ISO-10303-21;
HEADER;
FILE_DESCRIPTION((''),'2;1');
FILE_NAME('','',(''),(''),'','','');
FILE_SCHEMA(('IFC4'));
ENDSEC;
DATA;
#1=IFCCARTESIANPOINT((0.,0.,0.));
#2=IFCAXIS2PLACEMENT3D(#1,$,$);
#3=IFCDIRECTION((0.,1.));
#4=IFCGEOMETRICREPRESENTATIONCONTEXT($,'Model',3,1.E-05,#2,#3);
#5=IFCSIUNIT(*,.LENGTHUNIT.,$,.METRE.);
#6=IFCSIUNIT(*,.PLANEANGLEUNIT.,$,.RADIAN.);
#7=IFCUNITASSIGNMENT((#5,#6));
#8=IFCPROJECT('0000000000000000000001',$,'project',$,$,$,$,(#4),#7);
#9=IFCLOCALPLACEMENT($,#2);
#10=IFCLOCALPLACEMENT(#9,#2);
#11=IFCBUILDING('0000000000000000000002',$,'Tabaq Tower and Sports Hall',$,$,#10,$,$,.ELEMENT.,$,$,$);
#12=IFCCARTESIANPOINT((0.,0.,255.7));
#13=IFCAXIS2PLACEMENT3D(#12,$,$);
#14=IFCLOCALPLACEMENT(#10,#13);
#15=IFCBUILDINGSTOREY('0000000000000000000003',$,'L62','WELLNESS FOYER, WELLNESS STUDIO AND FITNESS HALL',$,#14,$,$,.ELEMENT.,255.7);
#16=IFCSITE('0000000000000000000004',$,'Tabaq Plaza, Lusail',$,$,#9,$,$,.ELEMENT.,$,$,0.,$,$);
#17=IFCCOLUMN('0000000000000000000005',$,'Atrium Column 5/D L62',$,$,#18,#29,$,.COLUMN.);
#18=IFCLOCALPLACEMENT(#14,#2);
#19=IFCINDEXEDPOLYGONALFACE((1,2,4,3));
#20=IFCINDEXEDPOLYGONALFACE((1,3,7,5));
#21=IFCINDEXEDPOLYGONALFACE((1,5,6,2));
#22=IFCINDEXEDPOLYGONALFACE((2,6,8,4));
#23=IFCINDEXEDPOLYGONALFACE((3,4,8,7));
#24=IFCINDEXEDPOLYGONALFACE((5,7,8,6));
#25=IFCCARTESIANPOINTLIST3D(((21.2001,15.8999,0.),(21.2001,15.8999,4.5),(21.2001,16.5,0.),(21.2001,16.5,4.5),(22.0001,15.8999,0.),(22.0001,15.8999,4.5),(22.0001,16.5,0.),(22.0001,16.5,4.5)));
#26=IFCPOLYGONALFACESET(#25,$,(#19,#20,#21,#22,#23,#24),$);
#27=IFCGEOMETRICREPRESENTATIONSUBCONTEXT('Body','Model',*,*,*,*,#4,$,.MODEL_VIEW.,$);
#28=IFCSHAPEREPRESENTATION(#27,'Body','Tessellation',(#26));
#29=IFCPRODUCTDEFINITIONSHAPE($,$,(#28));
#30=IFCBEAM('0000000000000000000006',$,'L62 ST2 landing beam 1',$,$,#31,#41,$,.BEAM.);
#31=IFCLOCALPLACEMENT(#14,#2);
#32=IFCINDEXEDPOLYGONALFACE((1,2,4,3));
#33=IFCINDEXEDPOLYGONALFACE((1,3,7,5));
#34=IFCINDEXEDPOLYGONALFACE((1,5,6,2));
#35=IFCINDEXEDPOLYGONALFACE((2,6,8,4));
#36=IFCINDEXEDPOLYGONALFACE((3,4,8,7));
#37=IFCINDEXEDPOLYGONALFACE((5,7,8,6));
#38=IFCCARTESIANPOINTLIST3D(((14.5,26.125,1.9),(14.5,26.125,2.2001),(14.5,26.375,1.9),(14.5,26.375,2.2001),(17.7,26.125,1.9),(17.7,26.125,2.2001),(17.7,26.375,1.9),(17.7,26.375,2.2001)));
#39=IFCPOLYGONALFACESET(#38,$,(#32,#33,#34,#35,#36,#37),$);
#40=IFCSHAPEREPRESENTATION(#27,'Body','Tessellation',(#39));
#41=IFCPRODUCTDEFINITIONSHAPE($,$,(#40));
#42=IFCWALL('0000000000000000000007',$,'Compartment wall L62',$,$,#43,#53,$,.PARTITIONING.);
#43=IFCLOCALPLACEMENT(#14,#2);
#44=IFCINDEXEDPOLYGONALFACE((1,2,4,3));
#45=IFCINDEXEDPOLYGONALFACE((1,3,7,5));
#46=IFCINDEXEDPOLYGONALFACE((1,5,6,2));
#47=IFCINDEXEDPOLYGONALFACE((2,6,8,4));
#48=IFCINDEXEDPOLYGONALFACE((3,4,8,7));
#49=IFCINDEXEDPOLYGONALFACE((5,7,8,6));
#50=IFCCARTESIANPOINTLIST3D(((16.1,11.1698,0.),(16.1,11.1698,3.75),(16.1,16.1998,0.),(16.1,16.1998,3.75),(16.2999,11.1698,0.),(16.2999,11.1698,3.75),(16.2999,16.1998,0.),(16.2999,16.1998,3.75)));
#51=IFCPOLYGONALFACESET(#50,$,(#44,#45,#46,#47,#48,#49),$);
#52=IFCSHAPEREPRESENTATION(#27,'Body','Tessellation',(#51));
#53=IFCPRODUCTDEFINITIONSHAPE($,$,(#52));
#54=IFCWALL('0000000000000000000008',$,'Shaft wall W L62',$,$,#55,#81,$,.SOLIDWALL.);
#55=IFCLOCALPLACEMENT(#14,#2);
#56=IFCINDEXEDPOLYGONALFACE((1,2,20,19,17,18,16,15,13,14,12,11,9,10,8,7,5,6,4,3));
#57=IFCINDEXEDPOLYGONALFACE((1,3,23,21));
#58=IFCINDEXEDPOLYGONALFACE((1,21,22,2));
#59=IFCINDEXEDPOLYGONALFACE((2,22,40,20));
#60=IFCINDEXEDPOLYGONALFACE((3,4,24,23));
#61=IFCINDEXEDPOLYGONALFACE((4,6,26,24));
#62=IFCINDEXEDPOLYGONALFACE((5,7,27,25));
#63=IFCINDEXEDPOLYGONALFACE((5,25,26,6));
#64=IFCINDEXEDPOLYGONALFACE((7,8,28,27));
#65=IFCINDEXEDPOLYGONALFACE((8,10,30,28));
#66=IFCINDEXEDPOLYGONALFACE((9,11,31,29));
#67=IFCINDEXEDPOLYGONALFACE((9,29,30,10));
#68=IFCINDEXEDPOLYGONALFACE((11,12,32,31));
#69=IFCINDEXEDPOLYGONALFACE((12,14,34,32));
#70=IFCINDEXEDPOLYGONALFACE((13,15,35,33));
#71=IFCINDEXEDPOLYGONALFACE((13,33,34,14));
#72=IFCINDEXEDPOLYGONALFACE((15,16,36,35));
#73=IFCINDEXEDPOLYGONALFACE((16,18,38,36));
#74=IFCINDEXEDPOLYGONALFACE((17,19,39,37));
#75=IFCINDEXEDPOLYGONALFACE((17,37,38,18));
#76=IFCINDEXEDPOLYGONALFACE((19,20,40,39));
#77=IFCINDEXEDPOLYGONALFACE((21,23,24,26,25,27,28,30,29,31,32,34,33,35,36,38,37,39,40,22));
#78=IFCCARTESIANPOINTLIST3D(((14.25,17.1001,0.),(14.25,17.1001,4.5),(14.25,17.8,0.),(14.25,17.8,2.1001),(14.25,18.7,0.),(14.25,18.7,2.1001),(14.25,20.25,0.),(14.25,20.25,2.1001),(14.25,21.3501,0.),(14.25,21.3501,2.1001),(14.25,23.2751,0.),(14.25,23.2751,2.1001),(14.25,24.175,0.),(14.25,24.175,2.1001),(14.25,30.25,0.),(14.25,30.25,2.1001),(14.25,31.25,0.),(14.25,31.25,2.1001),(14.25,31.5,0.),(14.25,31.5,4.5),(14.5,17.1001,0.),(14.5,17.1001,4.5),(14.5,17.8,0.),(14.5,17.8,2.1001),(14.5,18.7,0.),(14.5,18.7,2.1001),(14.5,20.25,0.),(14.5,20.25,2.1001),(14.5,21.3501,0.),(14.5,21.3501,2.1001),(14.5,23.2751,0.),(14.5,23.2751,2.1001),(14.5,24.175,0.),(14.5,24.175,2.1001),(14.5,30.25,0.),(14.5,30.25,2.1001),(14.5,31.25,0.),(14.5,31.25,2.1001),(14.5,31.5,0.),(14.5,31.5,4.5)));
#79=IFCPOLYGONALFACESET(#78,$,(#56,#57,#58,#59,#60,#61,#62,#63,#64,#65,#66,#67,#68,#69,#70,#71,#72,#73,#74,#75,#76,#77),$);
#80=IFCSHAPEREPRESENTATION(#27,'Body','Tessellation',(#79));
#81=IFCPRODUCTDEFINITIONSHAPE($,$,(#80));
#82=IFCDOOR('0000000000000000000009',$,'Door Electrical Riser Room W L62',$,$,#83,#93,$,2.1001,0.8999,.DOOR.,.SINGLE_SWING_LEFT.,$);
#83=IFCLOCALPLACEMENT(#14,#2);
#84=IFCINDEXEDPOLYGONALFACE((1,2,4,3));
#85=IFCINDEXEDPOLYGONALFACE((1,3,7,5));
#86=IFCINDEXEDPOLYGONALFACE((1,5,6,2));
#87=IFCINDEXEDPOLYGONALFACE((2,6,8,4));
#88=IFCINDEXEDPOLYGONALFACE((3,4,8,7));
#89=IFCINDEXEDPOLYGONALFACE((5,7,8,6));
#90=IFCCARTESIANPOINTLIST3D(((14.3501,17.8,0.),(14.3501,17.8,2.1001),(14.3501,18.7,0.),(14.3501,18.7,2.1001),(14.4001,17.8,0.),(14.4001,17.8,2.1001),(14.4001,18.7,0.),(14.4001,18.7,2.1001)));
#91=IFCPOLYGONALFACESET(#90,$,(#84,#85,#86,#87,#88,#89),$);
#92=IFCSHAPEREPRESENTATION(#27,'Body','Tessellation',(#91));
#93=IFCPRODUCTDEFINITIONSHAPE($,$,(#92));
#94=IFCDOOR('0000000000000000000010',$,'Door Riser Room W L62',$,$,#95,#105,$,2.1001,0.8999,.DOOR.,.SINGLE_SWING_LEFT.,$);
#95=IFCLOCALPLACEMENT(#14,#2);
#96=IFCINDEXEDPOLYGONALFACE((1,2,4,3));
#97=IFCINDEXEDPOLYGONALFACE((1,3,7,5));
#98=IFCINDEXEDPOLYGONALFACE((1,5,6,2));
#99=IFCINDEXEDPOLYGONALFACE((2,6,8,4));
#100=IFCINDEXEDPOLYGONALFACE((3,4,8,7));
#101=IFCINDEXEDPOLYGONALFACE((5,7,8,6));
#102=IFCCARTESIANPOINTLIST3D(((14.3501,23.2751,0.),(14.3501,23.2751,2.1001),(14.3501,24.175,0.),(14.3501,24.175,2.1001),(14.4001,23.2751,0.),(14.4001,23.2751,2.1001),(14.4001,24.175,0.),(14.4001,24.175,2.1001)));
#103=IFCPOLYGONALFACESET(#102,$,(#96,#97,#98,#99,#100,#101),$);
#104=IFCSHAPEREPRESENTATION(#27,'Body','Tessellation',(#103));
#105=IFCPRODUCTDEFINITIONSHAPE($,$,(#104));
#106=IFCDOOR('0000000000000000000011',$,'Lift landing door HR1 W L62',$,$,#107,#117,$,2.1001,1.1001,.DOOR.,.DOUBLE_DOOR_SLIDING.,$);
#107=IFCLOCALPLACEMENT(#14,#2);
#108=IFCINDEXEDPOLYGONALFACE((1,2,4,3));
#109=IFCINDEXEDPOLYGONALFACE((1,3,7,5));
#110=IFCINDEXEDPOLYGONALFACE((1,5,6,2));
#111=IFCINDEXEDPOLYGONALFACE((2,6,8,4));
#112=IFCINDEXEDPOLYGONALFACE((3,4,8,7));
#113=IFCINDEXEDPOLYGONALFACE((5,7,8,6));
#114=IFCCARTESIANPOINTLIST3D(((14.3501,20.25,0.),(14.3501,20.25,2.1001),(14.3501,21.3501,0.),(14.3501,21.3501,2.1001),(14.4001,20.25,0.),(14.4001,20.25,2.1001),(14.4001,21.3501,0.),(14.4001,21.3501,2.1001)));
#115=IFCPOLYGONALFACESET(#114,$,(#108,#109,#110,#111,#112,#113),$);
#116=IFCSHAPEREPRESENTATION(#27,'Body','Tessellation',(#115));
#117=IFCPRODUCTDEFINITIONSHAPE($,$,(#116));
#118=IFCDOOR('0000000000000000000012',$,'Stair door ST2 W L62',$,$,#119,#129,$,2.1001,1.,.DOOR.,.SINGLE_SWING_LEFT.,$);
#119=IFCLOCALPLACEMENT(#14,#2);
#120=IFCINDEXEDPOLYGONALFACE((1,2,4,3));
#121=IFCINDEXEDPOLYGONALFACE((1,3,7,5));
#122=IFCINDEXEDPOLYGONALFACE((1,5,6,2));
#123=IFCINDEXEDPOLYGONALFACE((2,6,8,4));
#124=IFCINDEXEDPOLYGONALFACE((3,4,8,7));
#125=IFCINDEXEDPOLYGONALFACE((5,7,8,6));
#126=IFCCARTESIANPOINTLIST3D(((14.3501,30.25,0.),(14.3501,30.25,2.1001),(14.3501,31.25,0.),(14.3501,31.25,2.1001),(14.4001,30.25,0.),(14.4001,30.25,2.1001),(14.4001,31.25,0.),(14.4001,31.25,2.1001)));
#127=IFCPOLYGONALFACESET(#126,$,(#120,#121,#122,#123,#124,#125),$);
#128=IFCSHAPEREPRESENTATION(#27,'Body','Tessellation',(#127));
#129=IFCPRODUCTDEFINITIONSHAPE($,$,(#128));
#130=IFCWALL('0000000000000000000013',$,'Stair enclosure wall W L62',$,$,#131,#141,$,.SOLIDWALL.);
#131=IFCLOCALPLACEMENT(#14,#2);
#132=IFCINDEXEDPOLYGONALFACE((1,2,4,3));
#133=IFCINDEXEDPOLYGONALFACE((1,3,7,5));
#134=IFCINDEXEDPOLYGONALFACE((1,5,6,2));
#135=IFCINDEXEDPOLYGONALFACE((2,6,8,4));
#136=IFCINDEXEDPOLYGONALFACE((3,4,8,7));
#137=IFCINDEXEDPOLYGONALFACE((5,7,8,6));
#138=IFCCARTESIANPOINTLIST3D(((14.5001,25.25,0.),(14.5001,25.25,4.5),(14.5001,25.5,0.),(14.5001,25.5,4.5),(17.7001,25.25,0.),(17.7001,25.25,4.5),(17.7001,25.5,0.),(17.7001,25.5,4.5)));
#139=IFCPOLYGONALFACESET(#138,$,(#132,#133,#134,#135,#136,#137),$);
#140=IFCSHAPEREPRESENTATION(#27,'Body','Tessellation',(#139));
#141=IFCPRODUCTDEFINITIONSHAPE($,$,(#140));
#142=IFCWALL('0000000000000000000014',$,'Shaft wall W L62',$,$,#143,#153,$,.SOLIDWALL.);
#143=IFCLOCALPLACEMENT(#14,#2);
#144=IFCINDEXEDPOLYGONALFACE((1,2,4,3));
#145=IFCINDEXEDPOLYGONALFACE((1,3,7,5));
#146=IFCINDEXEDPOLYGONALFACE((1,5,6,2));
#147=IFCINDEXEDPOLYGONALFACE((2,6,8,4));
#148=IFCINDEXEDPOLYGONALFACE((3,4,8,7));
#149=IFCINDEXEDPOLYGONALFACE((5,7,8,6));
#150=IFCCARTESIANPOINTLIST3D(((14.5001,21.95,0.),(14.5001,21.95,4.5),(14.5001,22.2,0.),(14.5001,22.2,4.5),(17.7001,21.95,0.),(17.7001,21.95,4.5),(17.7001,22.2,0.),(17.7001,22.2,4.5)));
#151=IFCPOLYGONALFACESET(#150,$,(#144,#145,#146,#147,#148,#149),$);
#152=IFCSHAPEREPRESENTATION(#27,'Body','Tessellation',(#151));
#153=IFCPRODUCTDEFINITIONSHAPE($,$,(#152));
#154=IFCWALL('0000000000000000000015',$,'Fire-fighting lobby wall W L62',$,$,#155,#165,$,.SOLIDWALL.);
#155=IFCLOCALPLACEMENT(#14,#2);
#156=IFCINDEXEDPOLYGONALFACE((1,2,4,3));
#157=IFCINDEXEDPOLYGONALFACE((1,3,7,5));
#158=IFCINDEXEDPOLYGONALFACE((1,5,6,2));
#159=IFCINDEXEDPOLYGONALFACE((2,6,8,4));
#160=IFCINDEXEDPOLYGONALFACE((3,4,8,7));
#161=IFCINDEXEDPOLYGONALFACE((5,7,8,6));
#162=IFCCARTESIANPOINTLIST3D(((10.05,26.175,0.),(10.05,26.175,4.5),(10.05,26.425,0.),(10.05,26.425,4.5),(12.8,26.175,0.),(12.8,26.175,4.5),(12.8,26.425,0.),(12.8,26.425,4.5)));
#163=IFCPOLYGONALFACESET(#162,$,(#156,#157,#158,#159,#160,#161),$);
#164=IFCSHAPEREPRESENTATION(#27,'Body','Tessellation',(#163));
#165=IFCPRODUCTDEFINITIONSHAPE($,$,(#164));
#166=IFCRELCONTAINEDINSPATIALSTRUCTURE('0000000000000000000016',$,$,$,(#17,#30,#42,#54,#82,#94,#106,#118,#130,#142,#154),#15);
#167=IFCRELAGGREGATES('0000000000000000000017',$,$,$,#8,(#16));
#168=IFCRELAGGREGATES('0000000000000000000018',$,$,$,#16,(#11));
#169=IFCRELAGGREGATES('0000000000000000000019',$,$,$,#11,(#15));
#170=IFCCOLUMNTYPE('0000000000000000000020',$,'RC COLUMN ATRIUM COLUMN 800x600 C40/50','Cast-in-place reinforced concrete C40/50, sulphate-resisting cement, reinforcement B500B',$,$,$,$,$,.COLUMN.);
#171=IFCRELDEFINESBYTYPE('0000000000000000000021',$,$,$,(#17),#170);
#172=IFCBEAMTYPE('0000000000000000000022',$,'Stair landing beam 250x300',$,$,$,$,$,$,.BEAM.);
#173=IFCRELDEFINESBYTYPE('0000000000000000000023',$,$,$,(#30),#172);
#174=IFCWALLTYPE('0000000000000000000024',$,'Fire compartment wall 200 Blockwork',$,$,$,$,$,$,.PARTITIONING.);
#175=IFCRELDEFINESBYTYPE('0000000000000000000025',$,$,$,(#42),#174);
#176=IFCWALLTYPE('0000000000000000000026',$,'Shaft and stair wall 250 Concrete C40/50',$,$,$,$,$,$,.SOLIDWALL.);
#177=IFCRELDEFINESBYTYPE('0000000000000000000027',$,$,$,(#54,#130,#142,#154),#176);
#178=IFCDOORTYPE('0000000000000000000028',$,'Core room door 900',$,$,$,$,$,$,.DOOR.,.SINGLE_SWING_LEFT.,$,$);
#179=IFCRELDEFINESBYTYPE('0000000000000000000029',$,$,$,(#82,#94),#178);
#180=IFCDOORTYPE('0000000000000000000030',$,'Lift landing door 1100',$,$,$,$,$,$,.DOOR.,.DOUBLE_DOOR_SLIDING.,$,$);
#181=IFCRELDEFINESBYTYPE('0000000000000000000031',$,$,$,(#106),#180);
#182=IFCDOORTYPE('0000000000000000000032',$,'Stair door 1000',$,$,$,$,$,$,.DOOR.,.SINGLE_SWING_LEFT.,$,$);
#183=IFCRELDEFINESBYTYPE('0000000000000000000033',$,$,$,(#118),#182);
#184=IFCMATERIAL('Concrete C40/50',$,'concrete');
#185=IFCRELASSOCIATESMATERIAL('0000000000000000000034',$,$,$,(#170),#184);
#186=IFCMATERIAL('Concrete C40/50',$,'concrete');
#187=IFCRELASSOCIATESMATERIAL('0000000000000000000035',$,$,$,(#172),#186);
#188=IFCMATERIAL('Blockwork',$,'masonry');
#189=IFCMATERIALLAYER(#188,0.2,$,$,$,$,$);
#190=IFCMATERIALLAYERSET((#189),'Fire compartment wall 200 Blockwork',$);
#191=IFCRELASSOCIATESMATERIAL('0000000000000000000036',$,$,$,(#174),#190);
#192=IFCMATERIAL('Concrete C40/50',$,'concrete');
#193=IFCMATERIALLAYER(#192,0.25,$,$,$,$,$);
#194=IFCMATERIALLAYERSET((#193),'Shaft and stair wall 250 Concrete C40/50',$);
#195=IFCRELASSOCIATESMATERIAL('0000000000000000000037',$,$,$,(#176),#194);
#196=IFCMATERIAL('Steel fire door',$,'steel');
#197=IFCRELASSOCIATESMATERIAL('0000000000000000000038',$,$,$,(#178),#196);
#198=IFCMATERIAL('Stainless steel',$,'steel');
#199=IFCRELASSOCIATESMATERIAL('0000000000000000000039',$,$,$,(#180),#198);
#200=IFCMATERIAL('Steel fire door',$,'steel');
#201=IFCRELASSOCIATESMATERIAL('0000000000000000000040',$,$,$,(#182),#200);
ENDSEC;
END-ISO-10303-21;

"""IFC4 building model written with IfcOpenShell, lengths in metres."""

from ifc_helpers import new_model, si_unit, direction, frame, frame_2d, origin, origin_2d, place, context, subcontext, project, spatial, rectangle, extrude, material, layer, layer_set, material_profile, profile_set, type_object, element, fill, save


model = new_model("IFC4")

# Units and contexts
model_context = context("Model", 3, precision=1e-05, world=origin(), true_north=direction((0.0, 1.0)))
body_context = subcontext(model_context, "Body", "Model", "MODEL_VIEW")
ifc_project = project(units=[si_unit("LENGTHUNIT", "METRE"), si_unit("PLANEANGLEUNIT", "RADIAN")], contexts=[model_context])

# Site, building, storey
site_placement = place(None, origin())
site = spatial("IfcSite", under=ifc_project, at=site_placement, Name="Tabaq Plaza, Lusail", CompositionType="ELEMENT", RefElevation=0.0)
building_placement = place(site_placement, origin())
building = spatial("IfcBuilding", under=site, at=building_placement, Name="Tabaq Tower and Sports Hall", CompositionType="ELEMENT")
storey_placement = place(building_placement, frame((0.0, 0.0, 255.7)))
storey = spatial("IfcBuildingStorey", under=building, at=storey_placement, Name="L62", Description="WELLNESS FOYER, WELLNESS STUDIO AND FITNESS HALL", CompositionType="ELEMENT", Elevation=255.7)

# Column
ifc_material_1 = material(Name="Concrete C40/50", Category="concrete")
ifc_material_profile_1 = material_profile(ifc_material_1, rectangle(XDim=0.8, YDim=0.6001, at=origin_2d()), Name="ATRIUM COLUMN 800x600")
ifc_profile_set_1 = profile_set([ifc_material_profile_1], Name="Concrete C40/50")
column_type = type_object("IfcColumnType", Name="RC COLUMN ATRIUM COLUMN 800x600 C40/50", Description="Cast-in-place reinforced concrete C40/50, sulphate-resisting cement, reinforcement B500B", PredefinedType="COLUMN", material=ifc_profile_set_1)
column_placement = place(storey_placement, frame((21.6001, 16.2, 0.0), z_axis=(0.0, 0.0, 1.0), x_axis=(1.0, 0.0, 0.0)))
element("IfcColumn", 1, at=column_placement, inside=storey, type_object=column_type, Name="Atrium Column 5/D L62", PredefinedType="COLUMN", context=body_context, shape_type="SweptSolid", body=[
    extrude(rectangle(XDim=0.8, YDim=0.6001, at=origin_2d()), origin(), (0.0, 0.0, 1.0), 4.5),
])

# Beam
ifc_material_2 = material(Name="Concrete C40/50", Category="concrete")
ifc_material_profile_2 = material_profile(ifc_material_2, rectangle(XDim=0.25, YDim=0.3, at=origin_2d()), Name="RC 250x300")
ifc_profile_set_2 = profile_set([ifc_material_profile_2], Name="Concrete C40/50")
beam_type = type_object("IfcBeamType", Name="Stair landing beam 250x300", PredefinedType="BEAM", material=ifc_profile_set_2)
beam_placement = place(storey_placement, frame((14.5, 26.25, 2.05), z_axis=(1.0, 0.0, 0.0), x_axis=(0.0, 1.0, 0.0)))
element("IfcBeam", 2, at=beam_placement, inside=storey, type_object=beam_type, Name="L62 ST2 landing beam 1", PredefinedType="BEAM", context=body_context, shape_type="SweptSolid", body=[
    extrude(rectangle(XDim=0.25, YDim=0.3, at=origin_2d()), origin(), (0.0, 0.0, 1.0), 3.2),
])

# Wall
ifc_material_3 = material(Name="Blockwork", Category="masonry")
ifc_layer_1 = layer(ifc_material_3, 0.2)
ifc_layer_set_1 = layer_set([ifc_layer_1], Name="Fire compartment wall 200 Blockwork")
wall_type_1 = type_object("IfcWallType", Name="Fire compartment wall 200 Blockwork", PredefinedType="PARTITIONING", material=ifc_layer_set_1)
wall_1_placement = place(storey_placement, frame((16.2, 16.2, 0.0), z_axis=(0.0, 0.0, 1.0), x_axis=(0.0, -1.0, 0.0)))
element("IfcWall", 3, at=wall_1_placement, inside=storey, type_object=wall_type_1, Name="Compartment wall L62", PredefinedType="PARTITIONING", context=body_context, shape_type="SweptSolid", body=[
    extrude(rectangle(XDim=5.03, YDim=0.2, at=frame_2d((2.5151, 0.0))), origin(), (0.0, 0.0, 1.0), 3.75),
])

# Wall, openings, doors
ifc_material_4 = material(Name="Concrete C40/50", Category="concrete")
ifc_layer_2 = layer(ifc_material_4, 0.25)
ifc_layer_set_2 = layer_set([ifc_layer_2], Name="Shaft and stair wall 250 Concrete C40/50")
wall_type_2 = type_object("IfcWallType", Name="Shaft and stair wall 250 Concrete C40/50", PredefinedType="SOLIDWALL", material=ifc_layer_set_2)
wall_2_placement = place(storey_placement, frame((14.375, 17.1001, 0.0), z_axis=(0.0, 0.0, 1.0), x_axis=(0.0, 1.0, 0.0)))
wall_2 = element("IfcWall", 4, at=wall_2_placement, inside=storey, type_object=wall_type_2, Name="Shaft wall W L62", PredefinedType="SOLIDWALL", context=body_context, shape_type="SweptSolid", body=[
    extrude(rectangle(XDim=14.3999, YDim=0.25, at=frame_2d((7.2, 0.0))), origin(), (0.0, 0.0, 1.0), 4.5),
])
opening_1_placement = place(wall_2_placement, frame((13.1499, 0.0, 0.0)))
opening_1 = element("IfcOpeningElement", 5, at=opening_1_placement, cuts=wall_2, PredefinedType="OPENING", context=body_context, shape_type="SweptSolid", body=[
    extrude(rectangle(XDim=1.0, YDim=2.1001, at=frame_2d((0.5, 1.05))), frame((0.0, 0.125, 0.0), z_axis=(0.0, -1.0, 0.0), x_axis=(1.0, 0.0, 0.0)), (0.0, 0.0, 1.0), 0.25),
])
opening_2_placement = place(wall_2_placement, frame((3.1499, 0.0, 0.0)))
opening_2 = element("IfcOpeningElement", 6, at=opening_2_placement, cuts=wall_2, PredefinedType="OPENING", context=body_context, shape_type="SweptSolid", body=[
    extrude(rectangle(XDim=1.1001, YDim=2.1001, at=frame_2d((0.55, 1.05))), frame((0.0, 0.125, 0.0), z_axis=(0.0, -1.0, 0.0), x_axis=(1.0, 0.0, 0.0)), (0.0, 0.0, 1.0), 0.25),
])
opening_3_placement = place(wall_2_placement, frame((0.7, 0.0, 0.0)))
opening_3 = element("IfcOpeningElement", 7, at=opening_3_placement, cuts=wall_2, PredefinedType="OPENING", context=body_context, shape_type="SweptSolid", body=[
    extrude(rectangle(XDim=0.8999, YDim=2.1001, at=frame_2d((0.45, 1.05))), frame((0.0, 0.125, 0.0), z_axis=(0.0, -1.0, 0.0), x_axis=(1.0, 0.0, 0.0)), (0.0, 0.0, 1.0), 0.25),
])
opening_4_placement = place(wall_2_placement, frame((6.175, 0.0, 0.0)))
opening_4 = element("IfcOpeningElement", 8, at=opening_4_placement, cuts=wall_2, PredefinedType="OPENING", context=body_context, shape_type="SweptSolid", body=[
    extrude(rectangle(XDim=0.8999, YDim=2.1001, at=frame_2d((0.45, 1.05))), frame((0.0, 0.125, 0.0), z_axis=(0.0, -1.0, 0.0), x_axis=(1.0, 0.0, 0.0)), (0.0, 0.0, 1.0), 0.25),
])
ifc_material_5 = material(Name="Steel fire door", Category="steel")
door_type_1 = type_object("IfcDoorType", Name="Core room door 900", OperationType="SINGLE_SWING_LEFT", PredefinedType="DOOR", material=ifc_material_5)
door_1_placement = place(opening_3_placement, origin())
door_1 = element("IfcDoor", 9, at=door_1_placement, inside=storey, type_object=door_type_1, Name="Door Electrical Riser Room W L62", OperationType="SINGLE_SWING_LEFT", OverallHeight=2.1001, OverallWidth=0.8999, PredefinedType="DOOR", context=body_context, shape_type="SweptSolid", body=[
    extrude(rectangle(XDim=0.8999, YDim=2.1001, at=frame_2d((0.45, 1.05))), frame((0.0, 0.0249, 0.0), z_axis=(0.0, -1.0, 0.0), x_axis=(1.0, 0.0, 0.0)), (0.0, 0.0, 1.0), 0.05),
])
fill(opening_3, door_1)
door_2_placement = place(opening_4_placement, origin())
door_2 = element("IfcDoor", 10, at=door_2_placement, inside=storey, type_object=door_type_1, Name="Door Riser Room W L62", OperationType="SINGLE_SWING_LEFT", OverallHeight=2.1001, OverallWidth=0.8999, PredefinedType="DOOR", context=body_context, shape_type="SweptSolid", body=[
    extrude(rectangle(XDim=0.8999, YDim=2.1001, at=frame_2d((0.45, 1.05))), frame((0.0, 0.0249, 0.0), z_axis=(0.0, -1.0, 0.0), x_axis=(1.0, 0.0, 0.0)), (0.0, 0.0, 1.0), 0.05),
])
fill(opening_4, door_2)
ifc_material_6 = material(Name="Stainless steel", Category="steel")
door_type_2 = type_object("IfcDoorType", Name="Lift landing door 1100", OperationType="DOUBLE_DOOR_SLIDING", PredefinedType="DOOR", material=ifc_material_6)
door_3_placement = place(opening_2_placement, origin())
door_3 = element("IfcDoor", 11, at=door_3_placement, inside=storey, type_object=door_type_2, Name="Lift landing door HR1 W L62", OperationType="DOUBLE_DOOR_SLIDING", OverallHeight=2.1001, OverallWidth=1.1001, PredefinedType="DOOR", context=body_context, shape_type="SweptSolid", body=[
    extrude(rectangle(XDim=1.1001, YDim=2.1001, at=frame_2d((0.55, 1.05))), frame((0.0, 0.0249, 0.0), z_axis=(0.0, -1.0, 0.0), x_axis=(1.0, 0.0, 0.0)), (0.0, 0.0, 1.0), 0.05),
])
fill(opening_2, door_3)
ifc_material_7 = material(Name="Steel fire door", Category="steel")
door_type_3 = type_object("IfcDoorType", Name="Stair door 1000", OperationType="SINGLE_SWING_LEFT", PredefinedType="DOOR", material=ifc_material_7)
door_4_placement = place(opening_1_placement, origin())
door_4 = element("IfcDoor", 12, at=door_4_placement, inside=storey, type_object=door_type_3, Name="Stair door ST2 W L62", OperationType="SINGLE_SWING_LEFT", OverallHeight=2.1001, OverallWidth=1.0, PredefinedType="DOOR", context=body_context, shape_type="SweptSolid", body=[
    extrude(rectangle(XDim=1.0, YDim=2.1001, at=frame_2d((0.5, 1.05))), frame((0.0, 0.0249, 0.0), z_axis=(0.0, -1.0, 0.0), x_axis=(1.0, 0.0, 0.0)), (0.0, 0.0, 1.0), 0.05),
])
fill(opening_1, door_4)

# Walls
for number, where, z_axis, x_axis, name in (
    (13, (14.5, 25.375, 0.0), (0.0, 0.0, 1.0), (1.0, 0.0, 0.0), "Stair enclosure wall W L62"),
    (14, (14.5, 22.075, 0.0), (0.0, 0.0, 1.0), (1.0, 0.0, 0.0), "Shaft wall W L62"),
):
    element("IfcWall", number, at=place(storey_placement, frame(where, z_axis=z_axis, x_axis=x_axis)), inside=storey, type_object=wall_type_2, Name=name, PredefinedType="SOLIDWALL", context=body_context, shape_type="SweptSolid", body=[
        extrude(rectangle(XDim=3.2, YDim=0.25, at=frame_2d((1.6001, 0.0))), origin(), (0.0, 0.0, 1.0), 4.5),
    ])
for number, where, z_axis, x_axis, name in (
    (15, (10.05, 26.3, 0.0), (0.0, 0.0, 1.0), (1.0, 0.0, 0.0), "Fire-fighting lobby wall W L62"),
):
    element("IfcWall", number, at=place(storey_placement, frame(where, z_axis=z_axis, x_axis=x_axis)), inside=storey, type_object=wall_type_2, Name=name, PredefinedType="SOLIDWALL", context=body_context, shape_type="SweptSolid", body=[
        extrude(rectangle(XDim=2.75, YDim=0.25, at=frame_2d((1.375, 0.0))), origin(), (0.0, 0.0, 1.0), 4.5),
    ])

save(model, "model.ifc")
